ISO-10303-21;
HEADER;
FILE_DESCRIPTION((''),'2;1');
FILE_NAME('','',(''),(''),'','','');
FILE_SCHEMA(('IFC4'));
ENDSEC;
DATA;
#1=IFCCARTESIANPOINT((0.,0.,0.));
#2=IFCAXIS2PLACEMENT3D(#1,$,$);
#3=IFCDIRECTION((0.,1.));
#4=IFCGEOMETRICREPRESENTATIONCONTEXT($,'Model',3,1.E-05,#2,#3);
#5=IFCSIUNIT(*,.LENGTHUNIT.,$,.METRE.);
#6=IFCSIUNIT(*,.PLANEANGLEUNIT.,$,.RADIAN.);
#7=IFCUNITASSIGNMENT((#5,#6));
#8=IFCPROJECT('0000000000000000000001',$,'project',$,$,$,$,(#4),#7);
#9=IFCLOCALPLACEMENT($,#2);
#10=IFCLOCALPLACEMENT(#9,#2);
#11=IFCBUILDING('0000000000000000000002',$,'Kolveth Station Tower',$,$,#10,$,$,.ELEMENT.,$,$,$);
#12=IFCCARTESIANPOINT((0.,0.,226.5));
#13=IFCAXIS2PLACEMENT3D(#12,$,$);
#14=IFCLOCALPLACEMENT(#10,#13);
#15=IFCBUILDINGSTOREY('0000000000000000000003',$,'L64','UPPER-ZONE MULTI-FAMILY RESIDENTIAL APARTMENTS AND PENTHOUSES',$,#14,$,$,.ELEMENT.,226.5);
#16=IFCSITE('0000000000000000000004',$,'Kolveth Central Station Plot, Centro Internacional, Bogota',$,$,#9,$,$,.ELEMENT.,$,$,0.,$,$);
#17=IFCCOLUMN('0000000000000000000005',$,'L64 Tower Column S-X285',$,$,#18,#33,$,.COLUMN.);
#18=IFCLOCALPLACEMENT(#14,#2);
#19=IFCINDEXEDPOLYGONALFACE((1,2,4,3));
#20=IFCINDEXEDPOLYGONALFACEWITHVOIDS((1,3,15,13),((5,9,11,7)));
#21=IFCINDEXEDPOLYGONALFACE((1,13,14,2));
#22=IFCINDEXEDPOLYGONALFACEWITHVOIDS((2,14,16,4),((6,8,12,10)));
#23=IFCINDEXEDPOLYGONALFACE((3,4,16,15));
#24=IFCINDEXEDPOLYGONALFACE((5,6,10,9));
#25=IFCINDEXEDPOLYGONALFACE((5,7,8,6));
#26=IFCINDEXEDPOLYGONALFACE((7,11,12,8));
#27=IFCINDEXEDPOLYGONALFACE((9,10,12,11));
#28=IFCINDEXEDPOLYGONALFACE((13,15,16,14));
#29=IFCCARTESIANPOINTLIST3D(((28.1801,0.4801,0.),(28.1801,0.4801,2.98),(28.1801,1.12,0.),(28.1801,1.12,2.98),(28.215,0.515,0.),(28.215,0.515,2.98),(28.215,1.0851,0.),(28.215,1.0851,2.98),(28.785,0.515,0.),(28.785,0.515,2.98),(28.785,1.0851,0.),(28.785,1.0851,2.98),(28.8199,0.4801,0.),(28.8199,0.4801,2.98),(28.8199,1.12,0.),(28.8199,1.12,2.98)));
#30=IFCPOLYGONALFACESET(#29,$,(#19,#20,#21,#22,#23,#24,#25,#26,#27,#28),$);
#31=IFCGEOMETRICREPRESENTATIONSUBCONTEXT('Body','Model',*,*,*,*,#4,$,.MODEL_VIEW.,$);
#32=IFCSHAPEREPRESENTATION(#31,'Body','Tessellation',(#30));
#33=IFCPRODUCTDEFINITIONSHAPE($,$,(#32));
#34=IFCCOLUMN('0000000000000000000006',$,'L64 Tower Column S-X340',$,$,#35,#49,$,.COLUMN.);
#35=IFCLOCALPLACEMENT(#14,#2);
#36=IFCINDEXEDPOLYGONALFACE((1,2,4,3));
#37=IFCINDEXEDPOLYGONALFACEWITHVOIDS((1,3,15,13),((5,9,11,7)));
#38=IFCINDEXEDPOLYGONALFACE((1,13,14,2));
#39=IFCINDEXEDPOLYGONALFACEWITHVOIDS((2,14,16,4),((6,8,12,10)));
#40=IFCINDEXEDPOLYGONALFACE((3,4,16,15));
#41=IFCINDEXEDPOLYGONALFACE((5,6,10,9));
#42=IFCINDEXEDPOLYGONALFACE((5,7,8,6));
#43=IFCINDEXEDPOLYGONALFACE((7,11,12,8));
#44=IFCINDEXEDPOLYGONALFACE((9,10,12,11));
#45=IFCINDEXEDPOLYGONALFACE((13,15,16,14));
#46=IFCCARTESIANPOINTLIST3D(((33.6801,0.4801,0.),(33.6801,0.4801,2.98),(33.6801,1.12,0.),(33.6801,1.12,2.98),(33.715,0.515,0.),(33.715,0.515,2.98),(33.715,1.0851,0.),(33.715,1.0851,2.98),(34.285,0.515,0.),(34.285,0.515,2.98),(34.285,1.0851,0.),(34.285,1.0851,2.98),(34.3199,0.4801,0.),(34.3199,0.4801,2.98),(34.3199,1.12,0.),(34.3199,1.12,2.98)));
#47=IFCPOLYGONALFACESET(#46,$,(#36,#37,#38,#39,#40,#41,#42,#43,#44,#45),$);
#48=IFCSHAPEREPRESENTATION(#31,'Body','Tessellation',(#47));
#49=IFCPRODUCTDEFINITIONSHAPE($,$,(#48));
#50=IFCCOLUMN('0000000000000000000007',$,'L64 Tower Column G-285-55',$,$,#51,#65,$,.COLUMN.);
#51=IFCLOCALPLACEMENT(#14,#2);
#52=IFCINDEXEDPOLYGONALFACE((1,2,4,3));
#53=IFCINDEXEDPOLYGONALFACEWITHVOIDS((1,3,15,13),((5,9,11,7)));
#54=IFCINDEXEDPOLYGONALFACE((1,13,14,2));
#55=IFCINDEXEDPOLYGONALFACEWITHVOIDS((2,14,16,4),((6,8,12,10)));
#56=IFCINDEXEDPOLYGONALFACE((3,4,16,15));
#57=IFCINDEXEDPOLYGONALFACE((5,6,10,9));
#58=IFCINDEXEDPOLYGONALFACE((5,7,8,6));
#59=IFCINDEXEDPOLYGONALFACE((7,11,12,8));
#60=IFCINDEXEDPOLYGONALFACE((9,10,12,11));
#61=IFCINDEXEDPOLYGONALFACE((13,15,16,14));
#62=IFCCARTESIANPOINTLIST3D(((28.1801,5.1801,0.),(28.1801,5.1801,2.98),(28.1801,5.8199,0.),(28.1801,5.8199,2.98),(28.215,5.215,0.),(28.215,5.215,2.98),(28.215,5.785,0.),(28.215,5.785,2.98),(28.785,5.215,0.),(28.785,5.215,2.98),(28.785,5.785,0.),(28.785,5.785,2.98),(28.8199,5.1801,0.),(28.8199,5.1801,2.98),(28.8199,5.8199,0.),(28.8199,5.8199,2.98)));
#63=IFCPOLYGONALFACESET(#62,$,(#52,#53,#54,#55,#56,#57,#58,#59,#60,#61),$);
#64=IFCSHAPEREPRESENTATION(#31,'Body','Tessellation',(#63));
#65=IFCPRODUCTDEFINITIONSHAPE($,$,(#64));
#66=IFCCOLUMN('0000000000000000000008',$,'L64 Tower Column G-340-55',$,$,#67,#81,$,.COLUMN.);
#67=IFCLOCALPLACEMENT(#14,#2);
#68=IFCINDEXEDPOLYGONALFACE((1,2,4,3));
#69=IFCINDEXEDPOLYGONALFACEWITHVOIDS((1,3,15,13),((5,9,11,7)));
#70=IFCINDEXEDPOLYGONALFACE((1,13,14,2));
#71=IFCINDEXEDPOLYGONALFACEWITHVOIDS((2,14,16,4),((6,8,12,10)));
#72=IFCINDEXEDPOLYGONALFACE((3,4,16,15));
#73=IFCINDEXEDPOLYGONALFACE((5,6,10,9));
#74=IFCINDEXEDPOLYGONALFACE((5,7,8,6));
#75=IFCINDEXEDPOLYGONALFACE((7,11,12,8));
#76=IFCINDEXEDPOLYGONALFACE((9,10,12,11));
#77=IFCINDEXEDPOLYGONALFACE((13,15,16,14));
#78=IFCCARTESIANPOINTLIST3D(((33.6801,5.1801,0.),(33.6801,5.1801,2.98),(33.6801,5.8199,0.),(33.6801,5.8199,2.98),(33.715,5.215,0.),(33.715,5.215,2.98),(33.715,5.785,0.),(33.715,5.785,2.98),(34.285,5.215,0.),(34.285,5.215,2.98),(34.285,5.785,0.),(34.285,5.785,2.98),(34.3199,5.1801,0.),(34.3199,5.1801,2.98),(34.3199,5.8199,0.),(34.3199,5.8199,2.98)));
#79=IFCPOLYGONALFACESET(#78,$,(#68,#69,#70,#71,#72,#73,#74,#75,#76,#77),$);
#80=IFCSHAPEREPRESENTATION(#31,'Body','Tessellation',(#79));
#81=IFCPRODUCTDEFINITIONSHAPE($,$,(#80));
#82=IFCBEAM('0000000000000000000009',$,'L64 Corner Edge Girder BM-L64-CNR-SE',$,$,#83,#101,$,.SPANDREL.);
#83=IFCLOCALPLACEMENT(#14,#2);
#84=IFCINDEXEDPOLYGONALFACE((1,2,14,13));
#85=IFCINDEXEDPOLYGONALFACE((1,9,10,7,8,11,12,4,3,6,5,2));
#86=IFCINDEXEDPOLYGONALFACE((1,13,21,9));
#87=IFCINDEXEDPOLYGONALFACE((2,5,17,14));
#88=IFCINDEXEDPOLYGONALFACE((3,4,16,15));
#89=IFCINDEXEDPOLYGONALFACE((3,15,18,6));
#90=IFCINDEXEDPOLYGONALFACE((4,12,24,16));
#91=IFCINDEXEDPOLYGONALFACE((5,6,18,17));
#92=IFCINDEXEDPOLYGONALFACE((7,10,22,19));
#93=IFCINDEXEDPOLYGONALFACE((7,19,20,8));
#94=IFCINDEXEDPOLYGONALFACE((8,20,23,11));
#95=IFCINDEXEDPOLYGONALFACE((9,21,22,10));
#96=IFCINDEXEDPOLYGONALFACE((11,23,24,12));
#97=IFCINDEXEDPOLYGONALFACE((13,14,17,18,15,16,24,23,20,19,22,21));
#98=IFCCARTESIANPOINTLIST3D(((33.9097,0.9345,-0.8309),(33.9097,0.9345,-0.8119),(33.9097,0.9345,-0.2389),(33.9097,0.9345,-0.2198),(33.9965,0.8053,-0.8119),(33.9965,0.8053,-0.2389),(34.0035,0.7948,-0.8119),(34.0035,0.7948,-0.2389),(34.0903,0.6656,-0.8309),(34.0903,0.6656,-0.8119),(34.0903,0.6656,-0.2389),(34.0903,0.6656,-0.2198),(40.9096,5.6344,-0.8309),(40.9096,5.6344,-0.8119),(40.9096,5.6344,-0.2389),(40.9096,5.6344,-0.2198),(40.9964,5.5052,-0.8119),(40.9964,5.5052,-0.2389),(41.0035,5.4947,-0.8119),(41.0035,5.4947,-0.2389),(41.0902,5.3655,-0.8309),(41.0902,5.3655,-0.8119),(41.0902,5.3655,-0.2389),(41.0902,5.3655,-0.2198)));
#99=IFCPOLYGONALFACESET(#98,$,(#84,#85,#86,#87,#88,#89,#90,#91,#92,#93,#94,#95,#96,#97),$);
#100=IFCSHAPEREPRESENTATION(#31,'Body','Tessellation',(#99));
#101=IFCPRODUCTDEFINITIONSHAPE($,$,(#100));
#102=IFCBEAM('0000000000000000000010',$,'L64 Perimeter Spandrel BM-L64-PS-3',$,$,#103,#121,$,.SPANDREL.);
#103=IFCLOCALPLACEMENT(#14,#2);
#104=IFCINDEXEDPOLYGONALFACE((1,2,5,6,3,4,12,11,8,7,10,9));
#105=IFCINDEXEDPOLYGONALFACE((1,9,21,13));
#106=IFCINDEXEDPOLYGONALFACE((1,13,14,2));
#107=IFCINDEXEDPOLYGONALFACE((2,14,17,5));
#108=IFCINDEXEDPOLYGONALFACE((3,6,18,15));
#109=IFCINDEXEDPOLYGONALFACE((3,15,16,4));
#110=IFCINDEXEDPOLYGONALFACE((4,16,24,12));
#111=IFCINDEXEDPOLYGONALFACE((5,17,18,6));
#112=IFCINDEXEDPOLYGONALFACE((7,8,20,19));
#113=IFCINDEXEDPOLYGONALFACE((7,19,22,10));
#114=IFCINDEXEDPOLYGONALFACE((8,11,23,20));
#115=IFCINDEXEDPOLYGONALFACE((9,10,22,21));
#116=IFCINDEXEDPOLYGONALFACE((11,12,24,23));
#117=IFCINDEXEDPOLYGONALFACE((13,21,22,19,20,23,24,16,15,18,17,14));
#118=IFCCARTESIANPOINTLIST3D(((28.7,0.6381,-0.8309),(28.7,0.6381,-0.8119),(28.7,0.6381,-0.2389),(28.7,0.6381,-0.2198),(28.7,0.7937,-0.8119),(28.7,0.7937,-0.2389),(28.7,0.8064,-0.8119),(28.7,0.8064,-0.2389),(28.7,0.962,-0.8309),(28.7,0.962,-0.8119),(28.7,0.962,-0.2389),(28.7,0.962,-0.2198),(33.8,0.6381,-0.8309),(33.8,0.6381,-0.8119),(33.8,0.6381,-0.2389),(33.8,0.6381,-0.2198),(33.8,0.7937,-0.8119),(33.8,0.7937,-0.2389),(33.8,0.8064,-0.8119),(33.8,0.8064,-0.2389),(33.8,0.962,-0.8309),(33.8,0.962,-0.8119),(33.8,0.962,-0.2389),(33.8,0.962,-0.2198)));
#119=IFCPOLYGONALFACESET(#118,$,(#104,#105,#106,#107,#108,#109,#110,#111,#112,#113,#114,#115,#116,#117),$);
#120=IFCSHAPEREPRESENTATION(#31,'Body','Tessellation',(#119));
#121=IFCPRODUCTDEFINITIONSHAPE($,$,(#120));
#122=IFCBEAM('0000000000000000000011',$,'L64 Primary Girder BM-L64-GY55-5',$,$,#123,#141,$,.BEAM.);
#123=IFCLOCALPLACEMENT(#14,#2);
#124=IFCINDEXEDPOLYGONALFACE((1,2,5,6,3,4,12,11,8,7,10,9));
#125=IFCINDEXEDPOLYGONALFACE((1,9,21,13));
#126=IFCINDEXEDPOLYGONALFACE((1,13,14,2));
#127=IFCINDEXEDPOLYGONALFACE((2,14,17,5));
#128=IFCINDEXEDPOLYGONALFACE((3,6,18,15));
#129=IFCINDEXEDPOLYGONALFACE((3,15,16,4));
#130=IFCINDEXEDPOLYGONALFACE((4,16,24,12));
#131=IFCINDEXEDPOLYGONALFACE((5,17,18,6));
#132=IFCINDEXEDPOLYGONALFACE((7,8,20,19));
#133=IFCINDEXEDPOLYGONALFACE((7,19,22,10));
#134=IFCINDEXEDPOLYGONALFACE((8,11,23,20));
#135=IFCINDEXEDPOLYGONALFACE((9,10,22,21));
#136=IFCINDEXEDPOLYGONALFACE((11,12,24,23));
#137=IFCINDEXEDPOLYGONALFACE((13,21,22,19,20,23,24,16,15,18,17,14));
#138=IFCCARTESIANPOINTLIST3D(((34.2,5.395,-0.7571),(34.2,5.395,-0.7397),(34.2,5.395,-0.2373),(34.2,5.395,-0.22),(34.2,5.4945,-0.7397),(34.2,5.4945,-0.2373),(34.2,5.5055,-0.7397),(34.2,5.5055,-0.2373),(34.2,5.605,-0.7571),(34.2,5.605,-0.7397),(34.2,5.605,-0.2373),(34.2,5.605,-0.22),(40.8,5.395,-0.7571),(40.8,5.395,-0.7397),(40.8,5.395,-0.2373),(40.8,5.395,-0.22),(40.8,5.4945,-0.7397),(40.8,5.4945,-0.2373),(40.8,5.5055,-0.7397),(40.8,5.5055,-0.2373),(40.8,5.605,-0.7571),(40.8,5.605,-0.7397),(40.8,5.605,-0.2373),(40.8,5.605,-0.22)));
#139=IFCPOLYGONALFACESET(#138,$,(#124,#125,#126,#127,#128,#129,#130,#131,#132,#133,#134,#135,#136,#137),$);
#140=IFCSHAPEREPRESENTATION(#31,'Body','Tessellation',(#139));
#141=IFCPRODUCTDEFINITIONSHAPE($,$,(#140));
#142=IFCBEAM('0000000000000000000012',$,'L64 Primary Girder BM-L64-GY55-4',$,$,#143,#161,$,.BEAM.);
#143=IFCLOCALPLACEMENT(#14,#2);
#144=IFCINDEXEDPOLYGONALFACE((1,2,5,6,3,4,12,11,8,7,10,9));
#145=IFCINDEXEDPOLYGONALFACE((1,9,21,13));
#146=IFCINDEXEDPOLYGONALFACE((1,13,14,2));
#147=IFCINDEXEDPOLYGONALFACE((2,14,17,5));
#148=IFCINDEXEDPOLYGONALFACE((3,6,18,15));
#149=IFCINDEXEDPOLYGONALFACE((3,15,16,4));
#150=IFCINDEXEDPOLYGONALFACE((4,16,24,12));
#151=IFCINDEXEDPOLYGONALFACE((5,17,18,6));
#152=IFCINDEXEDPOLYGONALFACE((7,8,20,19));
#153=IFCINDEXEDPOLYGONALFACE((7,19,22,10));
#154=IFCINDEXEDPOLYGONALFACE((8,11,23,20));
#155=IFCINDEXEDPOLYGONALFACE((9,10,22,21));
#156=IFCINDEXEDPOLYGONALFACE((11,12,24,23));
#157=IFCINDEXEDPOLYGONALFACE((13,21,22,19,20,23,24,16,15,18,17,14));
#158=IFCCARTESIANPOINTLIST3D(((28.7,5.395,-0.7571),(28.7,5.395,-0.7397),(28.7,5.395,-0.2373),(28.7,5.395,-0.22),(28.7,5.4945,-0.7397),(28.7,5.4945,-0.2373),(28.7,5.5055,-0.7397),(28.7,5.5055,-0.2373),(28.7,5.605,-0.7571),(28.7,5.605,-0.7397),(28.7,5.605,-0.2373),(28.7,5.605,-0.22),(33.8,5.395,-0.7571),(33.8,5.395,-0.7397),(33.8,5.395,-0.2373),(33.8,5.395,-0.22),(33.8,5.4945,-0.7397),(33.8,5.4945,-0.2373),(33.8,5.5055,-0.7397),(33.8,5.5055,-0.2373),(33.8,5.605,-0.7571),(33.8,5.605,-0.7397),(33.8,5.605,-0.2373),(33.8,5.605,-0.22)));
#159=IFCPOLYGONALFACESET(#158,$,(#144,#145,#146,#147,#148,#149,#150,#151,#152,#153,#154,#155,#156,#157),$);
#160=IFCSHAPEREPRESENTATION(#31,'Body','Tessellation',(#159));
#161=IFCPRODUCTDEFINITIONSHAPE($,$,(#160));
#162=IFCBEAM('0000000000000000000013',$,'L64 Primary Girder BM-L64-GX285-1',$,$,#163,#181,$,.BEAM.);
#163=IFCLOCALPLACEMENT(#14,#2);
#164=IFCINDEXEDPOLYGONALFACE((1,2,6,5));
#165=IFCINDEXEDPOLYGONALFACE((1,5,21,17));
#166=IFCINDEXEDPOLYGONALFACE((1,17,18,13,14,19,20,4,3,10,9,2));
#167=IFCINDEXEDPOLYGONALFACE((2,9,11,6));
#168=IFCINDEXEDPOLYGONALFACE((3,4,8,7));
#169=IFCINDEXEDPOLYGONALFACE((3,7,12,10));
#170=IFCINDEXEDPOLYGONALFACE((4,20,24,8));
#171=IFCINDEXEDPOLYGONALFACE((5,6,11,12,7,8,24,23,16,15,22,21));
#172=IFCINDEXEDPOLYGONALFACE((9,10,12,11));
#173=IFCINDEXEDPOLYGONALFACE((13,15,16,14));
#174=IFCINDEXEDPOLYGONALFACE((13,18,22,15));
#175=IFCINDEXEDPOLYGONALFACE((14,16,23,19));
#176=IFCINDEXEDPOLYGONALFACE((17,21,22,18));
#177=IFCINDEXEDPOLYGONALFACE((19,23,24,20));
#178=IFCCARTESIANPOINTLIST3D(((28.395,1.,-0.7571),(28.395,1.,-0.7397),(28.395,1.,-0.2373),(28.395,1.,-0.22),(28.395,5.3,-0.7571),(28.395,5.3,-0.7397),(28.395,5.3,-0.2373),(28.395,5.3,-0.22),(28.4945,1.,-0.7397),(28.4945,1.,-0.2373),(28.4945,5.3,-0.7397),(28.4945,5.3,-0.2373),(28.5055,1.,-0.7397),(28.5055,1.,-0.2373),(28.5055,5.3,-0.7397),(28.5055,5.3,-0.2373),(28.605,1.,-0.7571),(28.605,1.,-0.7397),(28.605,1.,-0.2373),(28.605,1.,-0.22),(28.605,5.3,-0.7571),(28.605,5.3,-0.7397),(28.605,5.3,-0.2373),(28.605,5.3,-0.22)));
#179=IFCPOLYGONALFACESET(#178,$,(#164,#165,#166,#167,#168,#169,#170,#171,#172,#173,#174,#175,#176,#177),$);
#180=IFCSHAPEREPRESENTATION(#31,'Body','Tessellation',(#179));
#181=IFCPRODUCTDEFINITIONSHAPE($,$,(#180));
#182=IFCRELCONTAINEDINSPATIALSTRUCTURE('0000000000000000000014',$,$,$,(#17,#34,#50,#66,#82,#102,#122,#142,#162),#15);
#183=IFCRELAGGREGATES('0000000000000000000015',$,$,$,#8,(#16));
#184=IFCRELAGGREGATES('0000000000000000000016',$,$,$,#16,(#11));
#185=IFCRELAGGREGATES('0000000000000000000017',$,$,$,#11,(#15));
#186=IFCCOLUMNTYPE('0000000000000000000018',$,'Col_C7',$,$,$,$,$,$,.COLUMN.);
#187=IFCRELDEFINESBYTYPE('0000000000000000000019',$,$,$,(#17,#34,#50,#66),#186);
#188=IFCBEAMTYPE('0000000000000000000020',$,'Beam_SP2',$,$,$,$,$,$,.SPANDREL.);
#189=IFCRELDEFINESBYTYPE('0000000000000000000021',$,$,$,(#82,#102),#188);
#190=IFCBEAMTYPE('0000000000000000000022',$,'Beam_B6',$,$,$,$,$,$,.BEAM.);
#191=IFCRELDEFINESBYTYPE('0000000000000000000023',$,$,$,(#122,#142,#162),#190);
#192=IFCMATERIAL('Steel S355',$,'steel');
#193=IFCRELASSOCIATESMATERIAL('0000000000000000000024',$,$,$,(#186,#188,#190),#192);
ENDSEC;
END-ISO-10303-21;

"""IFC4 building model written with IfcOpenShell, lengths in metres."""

from ifc_helpers import new_model, si_unit, direction, frame, origin, origin_2d, place, context, subcontext, project, spatial, hollow_rectangle, i_section, extrude, source, transform, mapped, material, material_profile, profile_set, type_object, element, save


model = new_model("IFC4")

# Units and contexts
model_context = context("Model", 3, precision=1e-05, world=origin(), true_north=direction((0.0, 1.0)))
body_context = subcontext(model_context, "Body", "Model", "MODEL_VIEW")
ifc_project = project(units=[si_unit("LENGTHUNIT", "METRE"), si_unit("PLANEANGLEUNIT", "RADIAN")], contexts=[model_context])

# Site, building, storey
site_placement = place(None, origin())
site = spatial("IfcSite", under=ifc_project, at=site_placement, Name="Kolveth Central Station Plot, Centro Internacional, Bogota", CompositionType="ELEMENT", RefElevation=0.0)
building_placement = place(site_placement, origin())
building = spatial("IfcBuilding", under=site, at=building_placement, Name="Kolveth Station Tower", CompositionType="ELEMENT")
storey_placement = place(building_placement, frame((0.0, 0.0, 226.5)))
storey = spatial("IfcBuildingStorey", under=building, at=storey_placement, Name="L64", Description="UPPER-ZONE MULTI-FAMILY RESIDENTIAL APARTMENTS AND PENTHOUSES", CompositionType="ELEMENT", Elevation=226.5)

# Columns
ifc_material_1 = material(Name="Steel S355", Category="steel")
ifc_material_profile_1 = material_profile(ifc_material_1, hollow_rectangle(XDim=0.6399, YDim=0.6399, WallThickness=0.0349, at=origin_2d()), Name="BOX640x640x35")
ifc_profile_set_1 = profile_set([ifc_material_profile_1], Name="Steel S355")
column_type = type_object("IfcColumnType", Name="Col_C7", PredefinedType="COLUMN", material=ifc_profile_set_1)
shared_shape_1 = source(origin(), body_context, "Body", "SweptSolid", [
    extrude(hollow_rectangle(XDim=0.6399, YDim=0.6399, WallThickness=0.0349, at=origin_2d()), origin(), (0.0, 0.0, 1.0), 2.98),
])
for number, where, z_axis, x_axis, name in (
    (1, (28.5, 0.8, 0.0), (0.0, 0.0, 1.0), (1.0, 0.0, 0.0), "L64 Tower Column S-X285"),
    (2, (34.0, 0.8, 0.0), (0.0, 0.0, 1.0), (1.0, 0.0, 0.0), "L64 Tower Column S-X340"),
    (3, (28.5, 5.5, 0.0), (0.0, 0.0, 1.0), (1.0, 0.0, 0.0), "L64 Tower Column G-285-55"),
    (4, (34.0, 5.5, 0.0), (0.0, 0.0, 1.0), (1.0, 0.0, 0.0), "L64 Tower Column G-340-55"),
):
    element("IfcColumn", number, at=place(storey_placement, frame(where, z_axis=z_axis, x_axis=x_axis)), inside=storey, type_object=column_type, Name=name, PredefinedType="COLUMN", context=body_context, shape_type="MappedRepresentation", body=[
        mapped(shared_shape_1, transform((0.0, 0.0, 0.0), x_axis=(1.0, 0.0, 0.0), y_axis=(0.0, 1.0, 0.0), z_axis=(0.0, 0.0, 1.0), scale=1.0)),
    ])

# Beams
ifc_material_profile_2 = material_profile(ifc_material_1, i_section(OverallWidth=0.324, OverallDepth=0.6111, WebThickness=0.0127, FlangeThickness=0.019, at=origin_2d()), Name="W610x155")
ifc_profile_set_2 = profile_set([ifc_material_profile_2], Name="Steel S355")
beam_type_1 = type_object("IfcBeamType", Name="Beam_SP2", PredefinedType="SPANDREL", material=ifc_profile_set_2)
shared_shape_2 = source(origin(), body_context, "Body", "SweptSolid", [
    extrude(i_section(OverallWidth=0.324, OverallDepth=0.6111, WebThickness=0.0127, FlangeThickness=0.019, at=origin_2d()), origin(), (0.0, 0.0, 1.0), 8.4314),
])
beam_1_placement = place(storey_placement, frame((34.0, 0.8, -0.5254), z_axis=(0.830224, 0.55743, 0.0), x_axis=(-0.55743, 0.830224, 0.0)))
element("IfcBeam", 5, at=beam_1_placement, inside=storey, type_object=beam_type_1, Name="L64 Corner Edge Girder BM-L64-CNR-SE", PredefinedType="SPANDREL", context=body_context, shape_type="MappedRepresentation", body=[
    mapped(shared_shape_2, transform((0.0, 0.0, 0.0), x_axis=(1.0, 0.0, 0.0), y_axis=(0.0, 1.0, 0.0), z_axis=(0.0, 0.0, 1.0), scale=1.0)),
])
shared_shape_3 = source(origin(), body_context, "Body", "SweptSolid", [
    extrude(i_section(OverallWidth=0.324, OverallDepth=0.6111, WebThickness=0.0127, FlangeThickness=0.019, at=origin_2d()), origin(), (0.0, 0.0, 1.0), 5.1001),
])
beam_2_placement = place(storey_placement, frame((28.7, 0.8, -0.5254), z_axis=(1.0, 0.0, 0.0), x_axis=(0.0, 1.0, 0.0)))
element("IfcBeam", 6, at=beam_2_placement, inside=storey, type_object=beam_type_1, Name="L64 Perimeter Spandrel BM-L64-PS-3", PredefinedType="SPANDREL", context=body_context, shape_type="MappedRepresentation", body=[
    mapped(shared_shape_3, transform((0.0, 0.0, 0.0), x_axis=(1.0, 0.0, 0.0), y_axis=(0.0, 1.0, 0.0), z_axis=(0.0, 0.0, 1.0), scale=1.0)),
])
ifc_material_profile_3 = material_profile(ifc_material_1, i_section(OverallWidth=0.21, OverallDepth=0.5371, WebThickness=0.011, FlangeThickness=0.0173, at=origin_2d()), Name="W530x101")
ifc_profile_set_3 = profile_set([ifc_material_profile_3], Name="Steel S355")
beam_type_2 = type_object("IfcBeamType", Name="Beam_B6", PredefinedType="BEAM", material=ifc_profile_set_3)
shared_shape_4 = source(origin(), body_context, "Body", "SweptSolid", [
    extrude(i_section(OverallWidth=0.21, OverallDepth=0.5371, WebThickness=0.011, FlangeThickness=0.0173, at=origin_2d()), origin(), (0.0, 0.0, 1.0), 6.6001),
])
beam_3_placement = place(storey_placement, frame((34.2, 5.5, -0.4885), z_axis=(1.0, 0.0, 0.0), x_axis=(0.0, 1.0, 0.0)))
element("IfcBeam", 7, at=beam_3_placement, inside=storey, type_object=beam_type_2, Name="L64 Primary Girder BM-L64-GY55-5", PredefinedType="BEAM", context=body_context, shape_type="MappedRepresentation", body=[
    mapped(shared_shape_4, transform((0.0, 0.0, 0.0), x_axis=(1.0, 0.0, 0.0), y_axis=(0.0, 1.0, 0.0), z_axis=(0.0, 0.0, 1.0), scale=1.0)),
])
shared_shape_5 = source(origin(), body_context, "Body", "SweptSolid", [
    extrude(i_section(OverallWidth=0.21, OverallDepth=0.5371, WebThickness=0.011, FlangeThickness=0.0173, at=origin_2d()), origin(), (0.0, 0.0, 1.0), 5.1001),
])
beam_4_placement = place(storey_placement, frame((28.7, 5.5, -0.4885), z_axis=(1.0, 0.0, 0.0), x_axis=(0.0, 1.0, 0.0)))
element("IfcBeam", 8, at=beam_4_placement, inside=storey, type_object=beam_type_2, Name="L64 Primary Girder BM-L64-GY55-4", PredefinedType="BEAM", context=body_context, shape_type="MappedRepresentation", body=[
    mapped(shared_shape_5, transform((0.0, 0.0, 0.0), x_axis=(1.0, 0.0, 0.0), y_axis=(0.0, 1.0, 0.0), z_axis=(0.0, 0.0, 1.0), scale=1.0)),
])
shared_shape_6 = source(origin(), body_context, "Body", "SweptSolid", [
    extrude(i_section(OverallWidth=0.21, OverallDepth=0.5371, WebThickness=0.011, FlangeThickness=0.0173, at=origin_2d()), origin(), (0.0, 0.0, 1.0), 4.3),
])
for number, where, z_axis, x_axis, name in (
    (9, (28.5, 1.0, -0.4885), (0.0, 1.0, 0.0), (-1.0, 0.0, 0.0), "L64 Primary Girder BM-L64-GX285-1"),
):
    element("IfcBeam", number, at=place(storey_placement, frame(where, z_axis=z_axis, x_axis=x_axis)), inside=storey, type_object=beam_type_2, Name=name, PredefinedType="BEAM", context=body_context, shape_type="MappedRepresentation", body=[
        mapped(shared_shape_6, transform((0.0, 0.0, 0.0), x_axis=(1.0, 0.0, 0.0), y_axis=(0.0, 1.0, 0.0), z_axis=(0.0, 0.0, 1.0), scale=1.0)),
    ])

save(model, "model.ifc")
